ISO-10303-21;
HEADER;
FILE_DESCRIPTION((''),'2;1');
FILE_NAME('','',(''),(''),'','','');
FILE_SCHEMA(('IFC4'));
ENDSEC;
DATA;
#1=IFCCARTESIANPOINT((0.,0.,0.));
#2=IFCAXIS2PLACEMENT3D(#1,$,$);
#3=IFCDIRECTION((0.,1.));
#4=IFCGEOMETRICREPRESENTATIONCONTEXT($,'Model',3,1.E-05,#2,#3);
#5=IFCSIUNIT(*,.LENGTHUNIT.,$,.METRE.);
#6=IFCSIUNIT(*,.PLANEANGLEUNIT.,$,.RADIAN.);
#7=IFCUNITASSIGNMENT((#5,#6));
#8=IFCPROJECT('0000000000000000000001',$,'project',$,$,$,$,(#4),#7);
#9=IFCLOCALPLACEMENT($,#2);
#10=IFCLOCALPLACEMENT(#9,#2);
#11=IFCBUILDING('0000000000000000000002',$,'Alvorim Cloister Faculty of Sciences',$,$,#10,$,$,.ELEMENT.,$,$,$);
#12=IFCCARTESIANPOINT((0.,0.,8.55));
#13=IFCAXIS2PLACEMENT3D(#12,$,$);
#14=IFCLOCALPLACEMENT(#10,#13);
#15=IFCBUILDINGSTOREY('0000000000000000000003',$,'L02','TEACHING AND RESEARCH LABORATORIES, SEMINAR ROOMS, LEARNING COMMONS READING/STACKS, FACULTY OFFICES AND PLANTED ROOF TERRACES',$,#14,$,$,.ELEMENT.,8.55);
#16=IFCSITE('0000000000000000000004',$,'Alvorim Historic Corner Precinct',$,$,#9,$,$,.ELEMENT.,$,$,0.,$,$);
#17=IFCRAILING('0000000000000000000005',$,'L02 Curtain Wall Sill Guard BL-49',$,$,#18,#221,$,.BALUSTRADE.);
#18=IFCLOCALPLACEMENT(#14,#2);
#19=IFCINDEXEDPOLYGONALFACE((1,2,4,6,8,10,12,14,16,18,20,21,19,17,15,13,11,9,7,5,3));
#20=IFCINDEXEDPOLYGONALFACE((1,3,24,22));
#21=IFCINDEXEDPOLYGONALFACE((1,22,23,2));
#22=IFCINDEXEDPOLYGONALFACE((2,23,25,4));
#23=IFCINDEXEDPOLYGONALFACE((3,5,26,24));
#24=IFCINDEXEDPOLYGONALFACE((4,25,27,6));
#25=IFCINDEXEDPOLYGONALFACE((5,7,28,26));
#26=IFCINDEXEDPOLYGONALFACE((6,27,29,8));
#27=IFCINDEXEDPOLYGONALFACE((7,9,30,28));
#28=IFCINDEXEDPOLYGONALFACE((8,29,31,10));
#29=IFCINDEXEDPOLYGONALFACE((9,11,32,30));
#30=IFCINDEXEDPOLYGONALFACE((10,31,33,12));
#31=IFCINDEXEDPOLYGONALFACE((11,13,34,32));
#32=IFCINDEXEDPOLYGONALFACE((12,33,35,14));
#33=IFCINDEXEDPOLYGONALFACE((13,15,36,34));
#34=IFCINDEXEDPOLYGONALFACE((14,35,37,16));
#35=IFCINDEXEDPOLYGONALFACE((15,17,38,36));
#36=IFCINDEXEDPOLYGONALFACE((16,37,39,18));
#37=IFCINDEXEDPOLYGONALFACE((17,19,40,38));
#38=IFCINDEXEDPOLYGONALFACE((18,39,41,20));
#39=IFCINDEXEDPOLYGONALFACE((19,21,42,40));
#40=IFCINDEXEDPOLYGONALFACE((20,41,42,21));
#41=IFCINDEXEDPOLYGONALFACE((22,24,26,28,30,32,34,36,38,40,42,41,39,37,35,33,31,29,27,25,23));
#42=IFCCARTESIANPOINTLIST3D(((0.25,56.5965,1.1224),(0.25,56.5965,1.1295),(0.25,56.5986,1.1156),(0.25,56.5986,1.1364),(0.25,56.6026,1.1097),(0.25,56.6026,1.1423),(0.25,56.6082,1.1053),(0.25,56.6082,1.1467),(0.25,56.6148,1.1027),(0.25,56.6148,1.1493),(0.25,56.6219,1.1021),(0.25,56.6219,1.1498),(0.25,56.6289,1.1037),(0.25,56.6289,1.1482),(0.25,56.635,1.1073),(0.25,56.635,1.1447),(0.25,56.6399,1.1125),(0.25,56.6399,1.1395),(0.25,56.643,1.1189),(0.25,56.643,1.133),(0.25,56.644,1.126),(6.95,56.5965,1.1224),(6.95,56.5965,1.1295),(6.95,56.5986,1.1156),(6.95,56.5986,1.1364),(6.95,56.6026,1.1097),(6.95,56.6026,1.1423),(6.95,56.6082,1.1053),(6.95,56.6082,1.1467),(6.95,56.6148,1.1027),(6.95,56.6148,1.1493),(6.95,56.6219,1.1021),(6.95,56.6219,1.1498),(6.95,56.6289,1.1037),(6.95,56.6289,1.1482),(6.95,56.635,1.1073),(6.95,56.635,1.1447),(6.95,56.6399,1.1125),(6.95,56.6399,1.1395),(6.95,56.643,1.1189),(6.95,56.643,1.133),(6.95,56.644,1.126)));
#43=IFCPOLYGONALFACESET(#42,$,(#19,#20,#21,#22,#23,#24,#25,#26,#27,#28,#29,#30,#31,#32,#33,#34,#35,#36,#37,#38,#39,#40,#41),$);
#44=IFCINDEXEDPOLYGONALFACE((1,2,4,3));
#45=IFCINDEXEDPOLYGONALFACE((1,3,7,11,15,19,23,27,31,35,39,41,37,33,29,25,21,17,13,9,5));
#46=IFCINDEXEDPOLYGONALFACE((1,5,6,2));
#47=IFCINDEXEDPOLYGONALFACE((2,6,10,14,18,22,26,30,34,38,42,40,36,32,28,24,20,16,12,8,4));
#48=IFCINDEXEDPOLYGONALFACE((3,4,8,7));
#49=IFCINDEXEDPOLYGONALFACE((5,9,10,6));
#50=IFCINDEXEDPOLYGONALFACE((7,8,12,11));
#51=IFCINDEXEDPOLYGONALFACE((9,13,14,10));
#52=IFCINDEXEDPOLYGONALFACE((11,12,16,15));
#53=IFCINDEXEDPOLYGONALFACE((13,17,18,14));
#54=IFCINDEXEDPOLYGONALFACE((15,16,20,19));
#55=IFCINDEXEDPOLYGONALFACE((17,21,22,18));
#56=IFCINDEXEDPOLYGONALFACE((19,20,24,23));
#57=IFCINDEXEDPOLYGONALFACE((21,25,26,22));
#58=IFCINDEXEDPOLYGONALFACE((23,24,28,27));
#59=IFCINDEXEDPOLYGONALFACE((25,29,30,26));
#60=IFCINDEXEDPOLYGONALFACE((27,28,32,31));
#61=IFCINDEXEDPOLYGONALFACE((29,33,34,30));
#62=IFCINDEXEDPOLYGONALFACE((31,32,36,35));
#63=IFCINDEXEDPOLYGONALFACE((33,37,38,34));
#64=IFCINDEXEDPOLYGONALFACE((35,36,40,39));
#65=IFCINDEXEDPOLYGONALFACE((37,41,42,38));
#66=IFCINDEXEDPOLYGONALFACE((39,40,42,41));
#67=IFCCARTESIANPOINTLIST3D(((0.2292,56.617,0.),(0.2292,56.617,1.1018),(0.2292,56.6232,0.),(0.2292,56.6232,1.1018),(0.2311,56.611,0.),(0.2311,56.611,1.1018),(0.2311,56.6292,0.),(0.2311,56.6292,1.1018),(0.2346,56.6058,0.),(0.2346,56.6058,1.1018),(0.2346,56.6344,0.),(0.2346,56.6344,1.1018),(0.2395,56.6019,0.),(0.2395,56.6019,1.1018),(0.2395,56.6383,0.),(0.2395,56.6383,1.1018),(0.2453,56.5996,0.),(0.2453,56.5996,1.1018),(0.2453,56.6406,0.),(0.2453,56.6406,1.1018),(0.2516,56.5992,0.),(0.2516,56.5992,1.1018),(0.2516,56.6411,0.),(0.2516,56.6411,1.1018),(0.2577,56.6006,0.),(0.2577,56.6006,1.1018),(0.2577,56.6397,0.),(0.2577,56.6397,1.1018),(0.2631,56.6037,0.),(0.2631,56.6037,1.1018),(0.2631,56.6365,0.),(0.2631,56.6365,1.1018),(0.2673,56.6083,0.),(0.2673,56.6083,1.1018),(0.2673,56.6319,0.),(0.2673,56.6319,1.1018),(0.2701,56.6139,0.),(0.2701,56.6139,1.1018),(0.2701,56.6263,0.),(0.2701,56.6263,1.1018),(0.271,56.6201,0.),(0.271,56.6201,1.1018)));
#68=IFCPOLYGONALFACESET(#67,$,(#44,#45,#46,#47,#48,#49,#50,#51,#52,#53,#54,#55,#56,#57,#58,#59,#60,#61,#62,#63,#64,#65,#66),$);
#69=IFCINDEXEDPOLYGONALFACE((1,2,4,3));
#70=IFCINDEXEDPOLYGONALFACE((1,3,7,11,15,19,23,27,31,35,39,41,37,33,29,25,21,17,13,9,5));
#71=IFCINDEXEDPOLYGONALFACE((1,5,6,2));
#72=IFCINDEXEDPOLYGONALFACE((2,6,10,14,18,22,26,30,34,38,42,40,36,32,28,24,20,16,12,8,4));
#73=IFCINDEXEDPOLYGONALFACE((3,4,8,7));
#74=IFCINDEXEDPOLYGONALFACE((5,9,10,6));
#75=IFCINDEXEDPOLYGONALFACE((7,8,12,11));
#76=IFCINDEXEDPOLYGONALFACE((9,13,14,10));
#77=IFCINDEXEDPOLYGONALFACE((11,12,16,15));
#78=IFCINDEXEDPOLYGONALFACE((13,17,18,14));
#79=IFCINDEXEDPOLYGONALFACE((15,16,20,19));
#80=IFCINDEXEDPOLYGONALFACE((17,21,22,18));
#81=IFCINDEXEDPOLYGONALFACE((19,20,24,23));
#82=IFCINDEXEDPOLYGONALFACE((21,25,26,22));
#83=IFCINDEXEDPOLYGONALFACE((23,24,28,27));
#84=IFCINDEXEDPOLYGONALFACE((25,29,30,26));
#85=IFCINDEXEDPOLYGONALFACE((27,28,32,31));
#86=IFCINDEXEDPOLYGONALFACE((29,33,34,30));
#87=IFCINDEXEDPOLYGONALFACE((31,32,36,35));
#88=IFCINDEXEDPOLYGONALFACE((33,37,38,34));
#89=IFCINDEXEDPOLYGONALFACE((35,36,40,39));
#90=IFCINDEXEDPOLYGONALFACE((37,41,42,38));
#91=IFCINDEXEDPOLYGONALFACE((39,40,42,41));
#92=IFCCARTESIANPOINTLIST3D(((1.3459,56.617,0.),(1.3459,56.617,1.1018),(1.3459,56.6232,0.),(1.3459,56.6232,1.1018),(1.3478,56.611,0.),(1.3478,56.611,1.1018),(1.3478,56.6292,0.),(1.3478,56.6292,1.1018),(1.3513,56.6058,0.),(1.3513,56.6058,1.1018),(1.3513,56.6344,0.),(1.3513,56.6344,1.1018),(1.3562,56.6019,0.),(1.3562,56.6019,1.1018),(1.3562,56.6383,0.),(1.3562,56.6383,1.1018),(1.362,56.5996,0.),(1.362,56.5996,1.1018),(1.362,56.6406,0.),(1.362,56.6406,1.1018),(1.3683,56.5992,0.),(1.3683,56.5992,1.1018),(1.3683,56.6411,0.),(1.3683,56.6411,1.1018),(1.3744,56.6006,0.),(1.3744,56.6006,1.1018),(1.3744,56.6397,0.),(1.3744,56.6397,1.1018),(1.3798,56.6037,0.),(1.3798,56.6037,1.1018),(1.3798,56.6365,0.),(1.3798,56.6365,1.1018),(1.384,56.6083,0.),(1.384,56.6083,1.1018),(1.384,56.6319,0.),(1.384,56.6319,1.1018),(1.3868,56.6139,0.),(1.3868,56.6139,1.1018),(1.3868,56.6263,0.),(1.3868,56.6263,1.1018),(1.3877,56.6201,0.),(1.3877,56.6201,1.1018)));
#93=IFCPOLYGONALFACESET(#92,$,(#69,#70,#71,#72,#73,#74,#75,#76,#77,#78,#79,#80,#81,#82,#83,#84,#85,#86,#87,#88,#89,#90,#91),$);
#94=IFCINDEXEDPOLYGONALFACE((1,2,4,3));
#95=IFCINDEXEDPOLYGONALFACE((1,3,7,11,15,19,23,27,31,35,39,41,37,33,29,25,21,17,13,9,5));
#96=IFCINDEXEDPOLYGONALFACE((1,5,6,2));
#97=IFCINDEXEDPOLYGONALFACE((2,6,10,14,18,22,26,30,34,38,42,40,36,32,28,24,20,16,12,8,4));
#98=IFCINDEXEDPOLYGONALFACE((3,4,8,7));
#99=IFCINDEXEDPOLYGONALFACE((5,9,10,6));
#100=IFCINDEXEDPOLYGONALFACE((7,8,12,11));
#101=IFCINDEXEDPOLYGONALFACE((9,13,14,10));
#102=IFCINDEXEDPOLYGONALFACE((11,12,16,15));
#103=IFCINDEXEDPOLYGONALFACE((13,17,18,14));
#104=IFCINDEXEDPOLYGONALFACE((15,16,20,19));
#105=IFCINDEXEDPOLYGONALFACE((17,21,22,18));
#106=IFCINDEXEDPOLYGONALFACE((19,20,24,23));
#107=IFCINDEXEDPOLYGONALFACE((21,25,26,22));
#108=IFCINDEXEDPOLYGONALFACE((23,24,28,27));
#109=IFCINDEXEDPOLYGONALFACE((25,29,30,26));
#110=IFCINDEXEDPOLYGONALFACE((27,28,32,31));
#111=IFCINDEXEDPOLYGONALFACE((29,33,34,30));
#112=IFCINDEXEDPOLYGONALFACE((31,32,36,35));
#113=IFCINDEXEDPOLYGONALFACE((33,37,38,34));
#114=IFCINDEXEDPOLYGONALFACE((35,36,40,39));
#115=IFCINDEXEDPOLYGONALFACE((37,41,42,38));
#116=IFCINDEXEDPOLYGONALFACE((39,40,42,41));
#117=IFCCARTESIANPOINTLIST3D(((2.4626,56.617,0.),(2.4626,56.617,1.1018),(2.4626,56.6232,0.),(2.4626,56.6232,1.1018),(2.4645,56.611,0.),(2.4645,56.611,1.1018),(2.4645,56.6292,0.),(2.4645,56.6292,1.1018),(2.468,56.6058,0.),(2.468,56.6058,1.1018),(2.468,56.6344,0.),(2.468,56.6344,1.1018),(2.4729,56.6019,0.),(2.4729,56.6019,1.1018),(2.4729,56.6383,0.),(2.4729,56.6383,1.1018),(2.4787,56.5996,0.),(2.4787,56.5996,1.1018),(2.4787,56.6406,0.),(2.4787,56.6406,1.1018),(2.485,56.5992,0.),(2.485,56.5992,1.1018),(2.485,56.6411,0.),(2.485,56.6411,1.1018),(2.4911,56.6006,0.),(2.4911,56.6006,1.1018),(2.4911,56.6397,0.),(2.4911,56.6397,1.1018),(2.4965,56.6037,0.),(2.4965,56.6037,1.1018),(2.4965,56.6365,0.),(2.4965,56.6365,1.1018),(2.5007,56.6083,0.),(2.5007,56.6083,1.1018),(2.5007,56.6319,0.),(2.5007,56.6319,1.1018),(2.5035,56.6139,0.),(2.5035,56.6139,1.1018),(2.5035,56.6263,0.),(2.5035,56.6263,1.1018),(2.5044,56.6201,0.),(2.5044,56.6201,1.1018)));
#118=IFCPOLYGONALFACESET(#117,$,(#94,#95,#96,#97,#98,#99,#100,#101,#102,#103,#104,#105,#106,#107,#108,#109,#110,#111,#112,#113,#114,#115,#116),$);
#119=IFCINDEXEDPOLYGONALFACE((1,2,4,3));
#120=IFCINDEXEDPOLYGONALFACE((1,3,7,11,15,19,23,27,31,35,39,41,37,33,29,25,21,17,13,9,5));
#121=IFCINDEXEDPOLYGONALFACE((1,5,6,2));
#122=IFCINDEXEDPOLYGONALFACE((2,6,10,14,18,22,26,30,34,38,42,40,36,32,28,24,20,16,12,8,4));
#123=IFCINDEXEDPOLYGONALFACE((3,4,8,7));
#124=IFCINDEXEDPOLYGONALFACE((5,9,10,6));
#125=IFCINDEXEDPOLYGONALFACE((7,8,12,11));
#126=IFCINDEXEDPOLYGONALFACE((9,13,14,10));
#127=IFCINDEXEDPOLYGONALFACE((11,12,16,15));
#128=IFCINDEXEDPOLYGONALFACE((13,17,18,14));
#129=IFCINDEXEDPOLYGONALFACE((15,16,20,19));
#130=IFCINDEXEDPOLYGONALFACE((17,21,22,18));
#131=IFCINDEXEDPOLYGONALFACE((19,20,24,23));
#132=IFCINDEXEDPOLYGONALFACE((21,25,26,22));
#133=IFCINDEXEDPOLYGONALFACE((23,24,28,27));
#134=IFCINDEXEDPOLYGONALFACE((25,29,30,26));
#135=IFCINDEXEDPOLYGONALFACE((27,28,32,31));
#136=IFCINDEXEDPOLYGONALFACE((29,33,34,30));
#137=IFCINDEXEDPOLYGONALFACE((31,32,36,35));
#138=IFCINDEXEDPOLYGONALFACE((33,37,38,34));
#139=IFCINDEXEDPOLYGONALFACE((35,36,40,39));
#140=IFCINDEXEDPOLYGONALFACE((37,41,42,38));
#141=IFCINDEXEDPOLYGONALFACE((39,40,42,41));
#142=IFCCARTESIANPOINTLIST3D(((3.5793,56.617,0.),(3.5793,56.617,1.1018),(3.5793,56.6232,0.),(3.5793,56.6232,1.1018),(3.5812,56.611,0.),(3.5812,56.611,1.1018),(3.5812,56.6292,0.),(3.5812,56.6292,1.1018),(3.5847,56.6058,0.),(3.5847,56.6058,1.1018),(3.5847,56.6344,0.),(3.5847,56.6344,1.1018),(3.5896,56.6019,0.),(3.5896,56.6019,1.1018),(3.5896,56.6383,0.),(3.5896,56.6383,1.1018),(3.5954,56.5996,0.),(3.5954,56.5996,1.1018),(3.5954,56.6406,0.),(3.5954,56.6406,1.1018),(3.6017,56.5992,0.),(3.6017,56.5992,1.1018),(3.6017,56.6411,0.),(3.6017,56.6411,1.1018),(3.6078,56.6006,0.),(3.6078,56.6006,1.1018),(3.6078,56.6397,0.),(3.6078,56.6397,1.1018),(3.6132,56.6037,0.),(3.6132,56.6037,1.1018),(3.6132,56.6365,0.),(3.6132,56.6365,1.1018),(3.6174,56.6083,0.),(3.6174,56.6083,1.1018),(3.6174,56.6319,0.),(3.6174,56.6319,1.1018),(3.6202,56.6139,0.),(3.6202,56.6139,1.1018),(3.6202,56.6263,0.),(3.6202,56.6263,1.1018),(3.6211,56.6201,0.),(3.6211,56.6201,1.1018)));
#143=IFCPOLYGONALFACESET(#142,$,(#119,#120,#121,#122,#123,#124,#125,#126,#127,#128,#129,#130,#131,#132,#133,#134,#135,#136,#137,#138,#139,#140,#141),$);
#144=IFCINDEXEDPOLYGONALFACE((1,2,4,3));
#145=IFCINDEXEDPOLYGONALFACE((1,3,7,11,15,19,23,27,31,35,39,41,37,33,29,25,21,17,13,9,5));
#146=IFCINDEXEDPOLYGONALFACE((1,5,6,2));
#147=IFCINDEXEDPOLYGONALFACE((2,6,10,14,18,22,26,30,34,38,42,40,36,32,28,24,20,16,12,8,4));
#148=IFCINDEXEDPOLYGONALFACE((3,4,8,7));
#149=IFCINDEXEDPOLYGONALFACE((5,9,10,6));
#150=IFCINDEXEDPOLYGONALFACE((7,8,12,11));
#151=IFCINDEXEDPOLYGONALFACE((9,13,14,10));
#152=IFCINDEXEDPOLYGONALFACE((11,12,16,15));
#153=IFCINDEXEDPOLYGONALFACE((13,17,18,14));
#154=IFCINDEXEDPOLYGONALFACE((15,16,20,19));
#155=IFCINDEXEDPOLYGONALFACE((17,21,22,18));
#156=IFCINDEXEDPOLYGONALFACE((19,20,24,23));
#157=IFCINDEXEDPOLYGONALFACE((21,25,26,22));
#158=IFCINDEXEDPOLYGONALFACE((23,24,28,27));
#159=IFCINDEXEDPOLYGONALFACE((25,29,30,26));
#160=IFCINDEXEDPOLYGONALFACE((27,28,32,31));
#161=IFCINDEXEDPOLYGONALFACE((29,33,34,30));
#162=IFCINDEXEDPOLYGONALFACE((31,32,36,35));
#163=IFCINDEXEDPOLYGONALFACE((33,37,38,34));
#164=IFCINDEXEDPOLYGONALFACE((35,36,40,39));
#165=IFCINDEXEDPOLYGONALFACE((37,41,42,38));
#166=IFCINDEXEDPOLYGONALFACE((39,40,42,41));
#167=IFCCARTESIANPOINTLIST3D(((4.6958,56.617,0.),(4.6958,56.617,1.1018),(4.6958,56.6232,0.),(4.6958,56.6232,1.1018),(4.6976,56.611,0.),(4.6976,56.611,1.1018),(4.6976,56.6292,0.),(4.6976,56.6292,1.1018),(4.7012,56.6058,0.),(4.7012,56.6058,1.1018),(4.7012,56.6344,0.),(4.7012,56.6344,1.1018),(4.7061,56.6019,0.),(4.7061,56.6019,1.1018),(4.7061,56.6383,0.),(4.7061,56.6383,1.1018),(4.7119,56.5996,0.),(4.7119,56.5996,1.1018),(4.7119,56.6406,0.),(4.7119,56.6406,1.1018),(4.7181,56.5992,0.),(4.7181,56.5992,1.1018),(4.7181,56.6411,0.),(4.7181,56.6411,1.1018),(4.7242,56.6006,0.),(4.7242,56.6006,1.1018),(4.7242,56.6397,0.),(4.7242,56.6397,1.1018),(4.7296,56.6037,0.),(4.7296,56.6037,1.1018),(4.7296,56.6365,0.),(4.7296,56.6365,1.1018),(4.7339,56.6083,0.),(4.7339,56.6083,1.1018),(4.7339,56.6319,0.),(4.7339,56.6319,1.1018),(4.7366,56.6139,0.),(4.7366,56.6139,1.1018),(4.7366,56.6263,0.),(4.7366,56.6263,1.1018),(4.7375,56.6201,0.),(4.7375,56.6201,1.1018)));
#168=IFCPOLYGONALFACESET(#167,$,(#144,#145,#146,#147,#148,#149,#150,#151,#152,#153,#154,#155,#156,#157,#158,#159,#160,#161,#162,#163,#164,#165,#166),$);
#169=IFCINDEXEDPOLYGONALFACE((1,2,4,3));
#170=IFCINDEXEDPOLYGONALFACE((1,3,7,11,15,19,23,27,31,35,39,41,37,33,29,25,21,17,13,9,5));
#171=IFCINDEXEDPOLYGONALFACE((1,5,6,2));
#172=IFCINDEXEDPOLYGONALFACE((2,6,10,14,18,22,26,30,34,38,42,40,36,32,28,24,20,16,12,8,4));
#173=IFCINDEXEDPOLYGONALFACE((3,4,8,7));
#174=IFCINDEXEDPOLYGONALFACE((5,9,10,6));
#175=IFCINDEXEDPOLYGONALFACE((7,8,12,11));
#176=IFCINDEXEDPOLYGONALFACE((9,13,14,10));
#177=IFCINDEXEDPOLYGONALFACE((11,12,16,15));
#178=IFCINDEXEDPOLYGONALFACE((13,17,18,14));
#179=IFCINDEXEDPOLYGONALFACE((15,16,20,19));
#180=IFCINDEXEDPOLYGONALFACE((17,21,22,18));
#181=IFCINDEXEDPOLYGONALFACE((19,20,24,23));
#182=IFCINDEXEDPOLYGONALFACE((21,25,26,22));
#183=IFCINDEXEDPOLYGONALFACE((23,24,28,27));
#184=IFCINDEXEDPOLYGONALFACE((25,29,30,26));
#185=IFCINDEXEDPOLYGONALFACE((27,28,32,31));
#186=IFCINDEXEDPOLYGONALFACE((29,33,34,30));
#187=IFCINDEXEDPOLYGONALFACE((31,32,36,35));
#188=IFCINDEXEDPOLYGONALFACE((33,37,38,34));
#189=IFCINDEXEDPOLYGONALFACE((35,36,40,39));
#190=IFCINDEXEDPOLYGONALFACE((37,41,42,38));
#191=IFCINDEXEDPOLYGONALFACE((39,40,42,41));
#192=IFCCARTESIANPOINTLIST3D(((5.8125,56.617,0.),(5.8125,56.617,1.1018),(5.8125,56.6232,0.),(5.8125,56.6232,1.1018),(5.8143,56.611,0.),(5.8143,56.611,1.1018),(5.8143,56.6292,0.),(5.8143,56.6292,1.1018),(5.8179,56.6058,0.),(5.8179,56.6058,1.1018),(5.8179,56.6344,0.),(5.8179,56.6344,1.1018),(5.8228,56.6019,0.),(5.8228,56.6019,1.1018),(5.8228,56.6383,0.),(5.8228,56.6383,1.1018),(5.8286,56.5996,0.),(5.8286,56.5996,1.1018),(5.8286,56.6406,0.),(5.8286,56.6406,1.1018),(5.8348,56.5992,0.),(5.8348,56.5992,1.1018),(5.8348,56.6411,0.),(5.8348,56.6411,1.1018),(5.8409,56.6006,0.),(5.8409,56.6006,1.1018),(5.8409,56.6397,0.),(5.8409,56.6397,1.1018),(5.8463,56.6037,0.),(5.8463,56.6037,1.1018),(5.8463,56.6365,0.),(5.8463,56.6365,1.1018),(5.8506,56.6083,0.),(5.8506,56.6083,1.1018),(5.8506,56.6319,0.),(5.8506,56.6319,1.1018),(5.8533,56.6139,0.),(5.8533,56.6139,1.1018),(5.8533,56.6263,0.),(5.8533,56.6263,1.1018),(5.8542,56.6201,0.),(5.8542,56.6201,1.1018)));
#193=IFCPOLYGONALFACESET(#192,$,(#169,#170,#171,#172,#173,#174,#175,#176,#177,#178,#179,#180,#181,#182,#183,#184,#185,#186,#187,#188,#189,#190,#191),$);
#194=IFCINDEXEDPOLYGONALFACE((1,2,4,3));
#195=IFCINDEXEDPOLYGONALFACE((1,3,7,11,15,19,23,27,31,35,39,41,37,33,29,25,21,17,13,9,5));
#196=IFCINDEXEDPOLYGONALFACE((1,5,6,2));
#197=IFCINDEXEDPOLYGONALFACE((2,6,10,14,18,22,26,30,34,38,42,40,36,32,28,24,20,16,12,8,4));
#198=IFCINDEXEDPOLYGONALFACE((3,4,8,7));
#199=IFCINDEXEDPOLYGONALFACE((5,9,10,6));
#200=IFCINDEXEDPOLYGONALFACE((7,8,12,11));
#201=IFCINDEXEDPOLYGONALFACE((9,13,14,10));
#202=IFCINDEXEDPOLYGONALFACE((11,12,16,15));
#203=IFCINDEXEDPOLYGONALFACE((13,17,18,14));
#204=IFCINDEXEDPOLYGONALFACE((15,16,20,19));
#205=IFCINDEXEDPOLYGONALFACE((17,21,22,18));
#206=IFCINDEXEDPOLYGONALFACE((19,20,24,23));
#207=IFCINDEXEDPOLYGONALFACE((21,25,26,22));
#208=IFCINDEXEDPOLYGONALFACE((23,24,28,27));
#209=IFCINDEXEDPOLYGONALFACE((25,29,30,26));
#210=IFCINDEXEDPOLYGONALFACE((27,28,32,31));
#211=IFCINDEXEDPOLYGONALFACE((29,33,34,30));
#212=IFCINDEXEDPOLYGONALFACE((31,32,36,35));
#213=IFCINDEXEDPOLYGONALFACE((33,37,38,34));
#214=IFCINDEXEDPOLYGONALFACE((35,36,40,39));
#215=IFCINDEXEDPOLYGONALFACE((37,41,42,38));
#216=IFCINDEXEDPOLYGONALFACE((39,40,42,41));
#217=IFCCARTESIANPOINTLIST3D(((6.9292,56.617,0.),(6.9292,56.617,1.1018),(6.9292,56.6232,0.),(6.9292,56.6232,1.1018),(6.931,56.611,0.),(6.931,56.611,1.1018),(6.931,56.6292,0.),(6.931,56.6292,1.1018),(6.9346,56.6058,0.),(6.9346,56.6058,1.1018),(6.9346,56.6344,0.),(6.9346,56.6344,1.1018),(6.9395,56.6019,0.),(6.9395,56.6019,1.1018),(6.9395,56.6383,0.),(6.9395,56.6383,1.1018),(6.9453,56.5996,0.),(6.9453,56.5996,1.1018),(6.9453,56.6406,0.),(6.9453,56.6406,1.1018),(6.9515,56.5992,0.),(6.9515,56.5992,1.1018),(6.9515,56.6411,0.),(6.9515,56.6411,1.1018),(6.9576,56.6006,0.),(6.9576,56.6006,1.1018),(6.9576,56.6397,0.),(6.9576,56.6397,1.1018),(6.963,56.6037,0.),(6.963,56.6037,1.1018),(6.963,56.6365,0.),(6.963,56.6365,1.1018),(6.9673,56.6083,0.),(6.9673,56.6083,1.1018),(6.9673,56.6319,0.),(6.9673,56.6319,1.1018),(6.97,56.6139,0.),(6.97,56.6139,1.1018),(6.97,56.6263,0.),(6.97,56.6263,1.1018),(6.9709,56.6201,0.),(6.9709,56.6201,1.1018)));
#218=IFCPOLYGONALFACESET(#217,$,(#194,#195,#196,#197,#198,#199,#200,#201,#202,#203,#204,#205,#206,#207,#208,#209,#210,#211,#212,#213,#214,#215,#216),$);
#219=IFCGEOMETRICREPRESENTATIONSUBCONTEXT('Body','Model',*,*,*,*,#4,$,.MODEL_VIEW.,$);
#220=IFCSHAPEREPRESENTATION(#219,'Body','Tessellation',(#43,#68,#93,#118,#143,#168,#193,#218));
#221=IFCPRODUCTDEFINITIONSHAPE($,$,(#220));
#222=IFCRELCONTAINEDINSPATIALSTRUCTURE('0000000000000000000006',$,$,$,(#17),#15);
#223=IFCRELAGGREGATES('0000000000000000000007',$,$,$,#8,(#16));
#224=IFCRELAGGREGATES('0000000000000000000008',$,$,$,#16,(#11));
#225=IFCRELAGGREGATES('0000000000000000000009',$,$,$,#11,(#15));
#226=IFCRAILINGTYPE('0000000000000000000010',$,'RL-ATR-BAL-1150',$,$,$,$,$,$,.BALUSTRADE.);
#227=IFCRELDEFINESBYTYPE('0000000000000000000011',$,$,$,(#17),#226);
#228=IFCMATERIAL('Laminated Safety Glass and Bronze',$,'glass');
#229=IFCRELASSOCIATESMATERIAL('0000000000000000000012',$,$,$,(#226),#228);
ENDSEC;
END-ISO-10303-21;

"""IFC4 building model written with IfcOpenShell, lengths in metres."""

from ifc_helpers import new_model, si_unit, direction, frame, origin, origin_2d, place, context, subcontext, project, spatial, circle, extrude, material, type_object, element, save


model = new_model("IFC4")

# Units and contexts
model_context = context("Model", 3, precision=1e-05, world=origin(), true_north=direction((0.0, 1.0)))
body_context = subcontext(model_context, "Body", "Model", "MODEL_VIEW")
ifc_project = project(units=[si_unit("LENGTHUNIT", "METRE"), si_unit("PLANEANGLEUNIT", "RADIAN")], contexts=[model_context])

# Site, building, storey
site_placement = place(None, origin())
site = spatial("IfcSite", under=ifc_project, at=site_placement, Name="Alvorim Historic Corner Precinct", CompositionType="ELEMENT", RefElevation=0.0)
building_placement = place(site_placement, origin())
building = spatial("IfcBuilding", under=site, at=building_placement, Name="Alvorim Cloister Faculty of Sciences", CompositionType="ELEMENT")
storey_placement = place(building_placement, frame((0.0, 0.0, 8.55)))
storey = spatial("IfcBuildingStorey", under=building, at=storey_placement, Name="L02", Description="TEACHING AND RESEARCH LABORATORIES, SEMINAR ROOMS, LEARNING COMMONS READING/STACKS, FACULTY OFFICES AND PLANTED ROOF TERRACES", CompositionType="ELEMENT", Elevation=8.55)

# Railing
ifc_material_1 = material(Name="Laminated Safety Glass and Bronze", Category="glass")
railing_type = type_object("IfcRailingType", Name="RL-ATR-BAL-1150", PredefinedType="BALUSTRADE", material=ifc_material_1)
railing_placement = place(storey_placement, frame((0.25, 56.6201, 0.0)))
element("IfcRailing", 1, at=railing_placement, inside=storey, type_object=railing_type, Name="L02 Curtain Wall Sill Guard BL-49", PredefinedType="BALUSTRADE", context=body_context, shape_type="SweptSolid", body=[
    extrude(circle(Radius=0.0239, at=origin_2d()), frame((0.0, 0.0, 1.126), z_axis=(1.0, 0.0, 0.0), x_axis=(0.0, 1.0, 0.0)), (0.0, 0.0, 1.0), 6.7),
    extrude(circle(Radius=0.021, at=origin_2d()), origin(), (0.0, 0.0, 1.0), 1.1018),
    extrude(circle(Radius=0.021, at=origin_2d()), frame((1.1167, 0.0, 0.0)), (0.0, 0.0, 1.0), 1.1018),
    extrude(circle(Radius=0.021, at=origin_2d()), frame((2.2334, 0.0, 0.0)), (0.0, 0.0, 1.0), 1.1018),
    extrude(circle(Radius=0.021, at=origin_2d()), frame((3.3501, 0.0, 0.0)), (0.0, 0.0, 1.0), 1.1018),
    extrude(circle(Radius=0.021, at=origin_2d()), frame((4.4666, 0.0, 0.0)), (0.0, 0.0, 1.0), 1.1018),
    extrude(circle(Radius=0.021, at=origin_2d()), frame((5.5833, 0.0, 0.0)), (0.0, 0.0, 1.0), 1.1018),
    extrude(circle(Radius=0.021, at=origin_2d()), frame((6.7, 0.0, 0.0)), (0.0, 0.0, 1.0), 1.1018),
])

save(model, "model.ifc")
